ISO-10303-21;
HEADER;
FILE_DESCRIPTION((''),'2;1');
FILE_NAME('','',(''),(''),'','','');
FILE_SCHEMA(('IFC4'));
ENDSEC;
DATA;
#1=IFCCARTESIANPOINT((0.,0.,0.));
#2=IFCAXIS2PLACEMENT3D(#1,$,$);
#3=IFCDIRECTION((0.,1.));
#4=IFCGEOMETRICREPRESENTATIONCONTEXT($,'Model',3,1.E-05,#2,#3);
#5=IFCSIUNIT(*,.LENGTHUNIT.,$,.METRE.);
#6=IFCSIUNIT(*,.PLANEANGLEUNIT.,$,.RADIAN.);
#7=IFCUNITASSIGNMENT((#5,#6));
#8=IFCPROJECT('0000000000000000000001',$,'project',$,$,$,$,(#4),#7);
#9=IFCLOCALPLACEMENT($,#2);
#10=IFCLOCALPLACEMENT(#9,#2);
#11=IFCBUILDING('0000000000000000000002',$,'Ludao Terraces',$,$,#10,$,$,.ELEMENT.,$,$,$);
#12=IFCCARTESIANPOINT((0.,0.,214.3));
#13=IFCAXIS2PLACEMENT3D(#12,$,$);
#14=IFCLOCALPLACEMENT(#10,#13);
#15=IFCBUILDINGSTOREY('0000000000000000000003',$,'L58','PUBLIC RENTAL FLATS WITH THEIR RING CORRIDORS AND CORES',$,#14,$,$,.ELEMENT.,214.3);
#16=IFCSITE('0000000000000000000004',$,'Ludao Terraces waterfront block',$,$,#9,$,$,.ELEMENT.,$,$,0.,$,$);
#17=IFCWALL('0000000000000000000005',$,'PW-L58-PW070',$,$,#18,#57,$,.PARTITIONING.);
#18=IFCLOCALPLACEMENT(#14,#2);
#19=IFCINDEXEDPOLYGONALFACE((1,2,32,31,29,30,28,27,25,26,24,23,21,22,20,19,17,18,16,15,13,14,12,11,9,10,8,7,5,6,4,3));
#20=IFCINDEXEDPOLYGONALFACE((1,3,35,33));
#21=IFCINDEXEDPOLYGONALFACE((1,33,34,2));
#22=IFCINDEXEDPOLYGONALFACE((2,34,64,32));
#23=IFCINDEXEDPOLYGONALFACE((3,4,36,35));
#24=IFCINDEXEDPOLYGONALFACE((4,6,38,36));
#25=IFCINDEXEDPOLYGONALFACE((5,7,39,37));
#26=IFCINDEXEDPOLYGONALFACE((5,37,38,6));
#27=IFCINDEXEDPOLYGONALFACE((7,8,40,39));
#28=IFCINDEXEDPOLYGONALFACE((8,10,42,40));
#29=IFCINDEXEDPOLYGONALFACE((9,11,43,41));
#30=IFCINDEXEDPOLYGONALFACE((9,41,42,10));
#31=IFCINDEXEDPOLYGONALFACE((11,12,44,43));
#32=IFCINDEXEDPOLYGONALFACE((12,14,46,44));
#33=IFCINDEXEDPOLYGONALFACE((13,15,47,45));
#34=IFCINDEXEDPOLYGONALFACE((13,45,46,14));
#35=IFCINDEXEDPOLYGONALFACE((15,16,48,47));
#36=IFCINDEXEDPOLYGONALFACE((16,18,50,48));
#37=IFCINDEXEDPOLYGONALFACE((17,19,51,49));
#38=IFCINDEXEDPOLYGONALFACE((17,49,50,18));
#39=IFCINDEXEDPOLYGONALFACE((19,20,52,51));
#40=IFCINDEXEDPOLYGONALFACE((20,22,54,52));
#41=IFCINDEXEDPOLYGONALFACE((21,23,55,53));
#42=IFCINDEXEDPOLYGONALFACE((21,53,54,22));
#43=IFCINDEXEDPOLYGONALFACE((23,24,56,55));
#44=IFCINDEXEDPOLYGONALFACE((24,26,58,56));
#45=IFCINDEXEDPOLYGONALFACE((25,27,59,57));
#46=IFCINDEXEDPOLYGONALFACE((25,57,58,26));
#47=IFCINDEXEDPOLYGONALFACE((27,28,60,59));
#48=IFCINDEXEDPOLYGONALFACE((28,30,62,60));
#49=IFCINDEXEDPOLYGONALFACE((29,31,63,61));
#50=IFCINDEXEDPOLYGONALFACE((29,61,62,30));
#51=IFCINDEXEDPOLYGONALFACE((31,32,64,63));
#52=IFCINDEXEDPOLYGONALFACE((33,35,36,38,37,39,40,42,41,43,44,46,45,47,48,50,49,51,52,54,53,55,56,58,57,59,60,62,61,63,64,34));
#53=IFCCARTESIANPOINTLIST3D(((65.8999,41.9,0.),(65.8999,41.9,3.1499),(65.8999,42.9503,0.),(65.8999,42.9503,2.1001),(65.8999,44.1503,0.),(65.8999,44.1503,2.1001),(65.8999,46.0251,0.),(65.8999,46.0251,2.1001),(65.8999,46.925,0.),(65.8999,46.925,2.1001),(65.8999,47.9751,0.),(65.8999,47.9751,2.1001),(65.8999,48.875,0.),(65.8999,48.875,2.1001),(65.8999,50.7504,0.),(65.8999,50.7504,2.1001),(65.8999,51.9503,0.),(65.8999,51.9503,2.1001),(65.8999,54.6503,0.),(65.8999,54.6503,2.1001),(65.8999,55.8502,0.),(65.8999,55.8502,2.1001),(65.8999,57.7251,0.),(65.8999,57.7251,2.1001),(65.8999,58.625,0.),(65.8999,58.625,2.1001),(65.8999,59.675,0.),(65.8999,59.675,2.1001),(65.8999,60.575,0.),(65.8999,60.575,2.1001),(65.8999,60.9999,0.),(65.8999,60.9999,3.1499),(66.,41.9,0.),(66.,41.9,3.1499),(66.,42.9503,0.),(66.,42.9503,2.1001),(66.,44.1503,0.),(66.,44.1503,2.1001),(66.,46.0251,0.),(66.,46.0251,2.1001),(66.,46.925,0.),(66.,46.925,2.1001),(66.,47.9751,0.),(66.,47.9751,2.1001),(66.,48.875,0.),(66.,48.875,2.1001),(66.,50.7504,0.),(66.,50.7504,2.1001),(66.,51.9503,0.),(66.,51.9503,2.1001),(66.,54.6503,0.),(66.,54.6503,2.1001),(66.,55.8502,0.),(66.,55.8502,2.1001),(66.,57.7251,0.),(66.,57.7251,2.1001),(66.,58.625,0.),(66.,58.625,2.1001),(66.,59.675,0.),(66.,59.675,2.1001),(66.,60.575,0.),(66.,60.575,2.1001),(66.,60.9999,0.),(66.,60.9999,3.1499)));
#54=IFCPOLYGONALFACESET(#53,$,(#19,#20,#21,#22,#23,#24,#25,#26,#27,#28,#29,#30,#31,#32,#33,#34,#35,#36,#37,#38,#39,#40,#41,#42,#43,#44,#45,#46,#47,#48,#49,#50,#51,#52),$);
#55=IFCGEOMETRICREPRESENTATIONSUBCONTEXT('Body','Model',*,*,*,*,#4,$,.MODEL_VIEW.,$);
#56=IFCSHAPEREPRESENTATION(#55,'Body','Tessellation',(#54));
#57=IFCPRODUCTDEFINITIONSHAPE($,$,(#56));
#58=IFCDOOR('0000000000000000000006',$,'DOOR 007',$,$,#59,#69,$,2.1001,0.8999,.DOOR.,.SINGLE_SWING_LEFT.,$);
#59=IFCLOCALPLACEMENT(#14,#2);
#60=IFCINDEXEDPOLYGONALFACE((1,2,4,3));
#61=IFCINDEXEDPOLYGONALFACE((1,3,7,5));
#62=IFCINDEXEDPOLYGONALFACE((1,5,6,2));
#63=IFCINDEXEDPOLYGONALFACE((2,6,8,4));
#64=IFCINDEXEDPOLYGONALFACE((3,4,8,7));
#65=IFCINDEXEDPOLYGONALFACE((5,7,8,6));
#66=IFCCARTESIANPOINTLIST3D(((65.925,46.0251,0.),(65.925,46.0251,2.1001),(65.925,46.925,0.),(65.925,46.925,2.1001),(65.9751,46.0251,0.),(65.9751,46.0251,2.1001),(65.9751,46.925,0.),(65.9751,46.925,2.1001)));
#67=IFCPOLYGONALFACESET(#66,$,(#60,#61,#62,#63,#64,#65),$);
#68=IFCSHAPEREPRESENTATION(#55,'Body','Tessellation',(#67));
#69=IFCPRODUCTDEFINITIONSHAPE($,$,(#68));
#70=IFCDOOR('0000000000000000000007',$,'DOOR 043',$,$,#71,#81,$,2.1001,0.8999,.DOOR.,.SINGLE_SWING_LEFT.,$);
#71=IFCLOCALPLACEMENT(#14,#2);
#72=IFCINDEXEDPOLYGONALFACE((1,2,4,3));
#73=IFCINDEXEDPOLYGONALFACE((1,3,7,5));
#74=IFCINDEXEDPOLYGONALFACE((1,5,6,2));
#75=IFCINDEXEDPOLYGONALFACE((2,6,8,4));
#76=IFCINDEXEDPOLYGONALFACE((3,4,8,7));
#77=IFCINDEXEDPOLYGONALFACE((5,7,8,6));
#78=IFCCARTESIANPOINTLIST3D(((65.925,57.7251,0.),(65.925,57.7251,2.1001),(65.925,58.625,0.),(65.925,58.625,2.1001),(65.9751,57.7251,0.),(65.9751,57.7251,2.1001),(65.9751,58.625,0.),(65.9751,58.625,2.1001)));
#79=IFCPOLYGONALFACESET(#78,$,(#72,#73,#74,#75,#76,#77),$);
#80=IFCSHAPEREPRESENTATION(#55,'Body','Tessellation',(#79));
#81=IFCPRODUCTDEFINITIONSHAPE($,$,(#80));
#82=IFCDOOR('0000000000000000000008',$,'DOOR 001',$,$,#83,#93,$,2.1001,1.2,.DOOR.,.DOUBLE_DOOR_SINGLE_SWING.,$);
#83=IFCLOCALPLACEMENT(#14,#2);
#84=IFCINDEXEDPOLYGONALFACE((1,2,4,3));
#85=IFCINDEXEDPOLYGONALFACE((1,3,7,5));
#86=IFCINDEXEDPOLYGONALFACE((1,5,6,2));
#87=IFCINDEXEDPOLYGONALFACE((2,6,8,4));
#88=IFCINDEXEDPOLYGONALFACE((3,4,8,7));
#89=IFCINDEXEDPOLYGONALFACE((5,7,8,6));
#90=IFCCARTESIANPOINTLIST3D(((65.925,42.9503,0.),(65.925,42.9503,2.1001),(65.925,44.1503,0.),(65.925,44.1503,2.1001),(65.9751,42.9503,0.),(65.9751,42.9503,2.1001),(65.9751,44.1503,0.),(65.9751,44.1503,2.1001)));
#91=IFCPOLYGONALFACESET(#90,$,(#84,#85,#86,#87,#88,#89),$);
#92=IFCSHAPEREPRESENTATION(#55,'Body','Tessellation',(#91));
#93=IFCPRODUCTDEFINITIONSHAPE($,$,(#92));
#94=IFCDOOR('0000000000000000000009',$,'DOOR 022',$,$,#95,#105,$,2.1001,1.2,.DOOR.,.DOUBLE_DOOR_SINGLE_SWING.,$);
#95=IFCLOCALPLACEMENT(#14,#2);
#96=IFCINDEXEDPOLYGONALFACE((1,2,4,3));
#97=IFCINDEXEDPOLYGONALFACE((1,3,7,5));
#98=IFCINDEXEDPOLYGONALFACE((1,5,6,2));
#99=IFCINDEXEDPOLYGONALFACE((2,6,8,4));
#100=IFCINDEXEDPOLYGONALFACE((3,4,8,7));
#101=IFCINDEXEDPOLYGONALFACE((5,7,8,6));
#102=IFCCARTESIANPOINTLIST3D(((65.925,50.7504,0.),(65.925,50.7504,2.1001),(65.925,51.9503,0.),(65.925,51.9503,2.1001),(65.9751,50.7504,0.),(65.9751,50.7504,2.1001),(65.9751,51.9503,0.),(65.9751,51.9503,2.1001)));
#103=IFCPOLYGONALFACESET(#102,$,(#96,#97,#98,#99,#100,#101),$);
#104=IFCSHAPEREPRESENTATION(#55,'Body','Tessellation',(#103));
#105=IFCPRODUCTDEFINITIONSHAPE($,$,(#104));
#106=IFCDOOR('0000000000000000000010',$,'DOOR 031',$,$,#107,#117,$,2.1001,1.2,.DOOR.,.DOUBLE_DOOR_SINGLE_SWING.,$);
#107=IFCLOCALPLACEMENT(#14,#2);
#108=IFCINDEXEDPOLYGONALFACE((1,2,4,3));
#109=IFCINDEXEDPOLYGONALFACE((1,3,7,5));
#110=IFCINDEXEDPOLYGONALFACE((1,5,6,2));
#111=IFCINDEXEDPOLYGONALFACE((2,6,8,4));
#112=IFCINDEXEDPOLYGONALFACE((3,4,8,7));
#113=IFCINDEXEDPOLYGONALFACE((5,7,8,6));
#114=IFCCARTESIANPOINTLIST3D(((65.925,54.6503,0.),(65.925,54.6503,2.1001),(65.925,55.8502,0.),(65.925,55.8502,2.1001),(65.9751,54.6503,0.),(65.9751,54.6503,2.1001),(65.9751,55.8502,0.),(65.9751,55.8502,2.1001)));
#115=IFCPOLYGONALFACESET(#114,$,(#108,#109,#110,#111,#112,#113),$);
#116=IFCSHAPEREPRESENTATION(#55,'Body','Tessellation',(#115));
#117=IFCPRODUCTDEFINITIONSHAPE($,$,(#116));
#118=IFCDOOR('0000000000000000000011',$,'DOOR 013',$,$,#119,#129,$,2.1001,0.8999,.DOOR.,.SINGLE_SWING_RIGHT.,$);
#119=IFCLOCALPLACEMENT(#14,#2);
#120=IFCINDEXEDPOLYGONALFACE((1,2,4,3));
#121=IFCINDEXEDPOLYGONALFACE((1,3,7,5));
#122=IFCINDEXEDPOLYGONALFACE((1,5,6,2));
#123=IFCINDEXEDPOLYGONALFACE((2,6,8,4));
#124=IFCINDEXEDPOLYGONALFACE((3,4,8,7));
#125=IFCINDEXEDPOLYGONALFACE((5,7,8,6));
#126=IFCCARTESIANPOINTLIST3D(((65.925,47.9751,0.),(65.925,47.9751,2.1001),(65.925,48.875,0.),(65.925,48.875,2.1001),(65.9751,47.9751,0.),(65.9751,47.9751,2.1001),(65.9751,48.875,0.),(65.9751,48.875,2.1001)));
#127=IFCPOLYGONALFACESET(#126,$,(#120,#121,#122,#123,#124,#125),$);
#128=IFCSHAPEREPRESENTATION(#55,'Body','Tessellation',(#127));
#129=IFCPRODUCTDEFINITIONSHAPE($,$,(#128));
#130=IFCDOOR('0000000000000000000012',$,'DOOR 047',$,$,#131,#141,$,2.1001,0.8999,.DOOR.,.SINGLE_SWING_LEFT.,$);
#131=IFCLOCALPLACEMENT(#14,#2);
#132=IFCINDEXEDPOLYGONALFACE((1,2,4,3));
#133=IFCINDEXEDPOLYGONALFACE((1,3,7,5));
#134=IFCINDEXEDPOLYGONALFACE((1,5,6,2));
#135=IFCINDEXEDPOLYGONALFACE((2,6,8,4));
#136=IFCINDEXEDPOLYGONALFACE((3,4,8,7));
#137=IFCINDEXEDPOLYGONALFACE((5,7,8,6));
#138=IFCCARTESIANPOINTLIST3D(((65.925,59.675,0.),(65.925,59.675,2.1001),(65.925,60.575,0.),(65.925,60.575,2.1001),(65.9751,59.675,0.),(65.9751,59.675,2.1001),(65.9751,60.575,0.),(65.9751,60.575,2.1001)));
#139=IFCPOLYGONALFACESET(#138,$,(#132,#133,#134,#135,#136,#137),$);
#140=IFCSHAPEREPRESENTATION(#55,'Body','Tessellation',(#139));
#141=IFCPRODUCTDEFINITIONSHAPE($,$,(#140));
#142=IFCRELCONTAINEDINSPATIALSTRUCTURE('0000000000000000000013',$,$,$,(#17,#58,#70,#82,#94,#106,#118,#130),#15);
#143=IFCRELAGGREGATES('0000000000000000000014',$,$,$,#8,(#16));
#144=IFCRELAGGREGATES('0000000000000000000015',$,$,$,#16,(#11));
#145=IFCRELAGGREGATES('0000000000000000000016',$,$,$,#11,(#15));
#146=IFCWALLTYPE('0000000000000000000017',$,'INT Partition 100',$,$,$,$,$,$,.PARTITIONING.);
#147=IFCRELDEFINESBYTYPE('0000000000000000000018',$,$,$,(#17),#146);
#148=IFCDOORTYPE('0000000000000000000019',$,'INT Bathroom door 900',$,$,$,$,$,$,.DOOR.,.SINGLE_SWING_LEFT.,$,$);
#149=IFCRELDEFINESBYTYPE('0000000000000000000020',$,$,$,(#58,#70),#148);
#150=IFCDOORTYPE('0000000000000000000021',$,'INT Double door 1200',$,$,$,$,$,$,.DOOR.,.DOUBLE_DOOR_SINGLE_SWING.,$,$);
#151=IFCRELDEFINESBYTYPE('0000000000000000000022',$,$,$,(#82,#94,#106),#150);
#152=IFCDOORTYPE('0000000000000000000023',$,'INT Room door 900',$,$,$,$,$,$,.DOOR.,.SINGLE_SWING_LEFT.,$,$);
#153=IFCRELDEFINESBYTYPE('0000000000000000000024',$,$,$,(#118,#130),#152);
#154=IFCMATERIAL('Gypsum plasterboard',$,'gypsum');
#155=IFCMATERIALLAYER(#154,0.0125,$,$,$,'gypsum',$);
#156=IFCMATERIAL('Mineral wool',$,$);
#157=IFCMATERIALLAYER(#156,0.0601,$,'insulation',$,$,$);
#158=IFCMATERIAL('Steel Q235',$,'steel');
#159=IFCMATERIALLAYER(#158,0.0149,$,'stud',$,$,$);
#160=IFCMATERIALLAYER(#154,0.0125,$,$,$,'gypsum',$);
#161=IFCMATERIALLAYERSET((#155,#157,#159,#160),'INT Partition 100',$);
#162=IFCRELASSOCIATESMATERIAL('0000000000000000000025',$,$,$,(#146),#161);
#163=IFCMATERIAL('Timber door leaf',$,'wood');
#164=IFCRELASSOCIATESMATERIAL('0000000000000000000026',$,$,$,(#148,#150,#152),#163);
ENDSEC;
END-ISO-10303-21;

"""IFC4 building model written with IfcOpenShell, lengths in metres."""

from ifc_helpers import new_model, si_unit, direction, frame, frame_2d, origin, place, context, subcontext, project, spatial, rectangle, extrude, material, layer, layer_set, type_object, element, fill, save


model = new_model("IFC4")

# Units and contexts
model_context = context("Model", 3, precision=1e-05, world=origin(), true_north=direction((0.0, 1.0)))
body_context = subcontext(model_context, "Body", "Model", "MODEL_VIEW")
ifc_project = project(units=[si_unit("LENGTHUNIT", "METRE"), si_unit("PLANEANGLEUNIT", "RADIAN")], contexts=[model_context])

# Site, building, storey
site_placement = place(None, origin())
site = spatial("IfcSite", under=ifc_project, at=site_placement, Name="Ludao Terraces waterfront block", CompositionType="ELEMENT", RefElevation=0.0)
building_placement = place(site_placement, origin())
building = spatial("IfcBuilding", under=site, at=building_placement, Name="Ludao Terraces", CompositionType="ELEMENT")
storey_placement = place(building_placement, frame((0.0, 0.0, 214.3)))
storey = spatial("IfcBuildingStorey", under=building, at=storey_placement, Name="L58", Description="PUBLIC RENTAL FLATS WITH THEIR RING CORRIDORS AND CORES", CompositionType="ELEMENT", Elevation=214.3)

# Shared definitions
ifc_material_1 = material(Name="Mineral wool")

# Wall, openings, doors
ifc_material_2 = material(Name="Gypsum plasterboard", Category="gypsum")
ifc_layer_1 = layer(ifc_material_2, 0.0125, Category="gypsum")
ifc_layer_2 = layer(ifc_material_1, 0.0601, Name="insulation")
ifc_material_3 = material(Name="Steel Q235", Category="steel")
ifc_layer_3 = layer(ifc_material_3, 0.0149, Name="stud")
ifc_layer_4 = layer(ifc_material_2, 0.0125, Category="gypsum")
ifc_layer_set_1 = layer_set([ifc_layer_1, ifc_layer_2, ifc_layer_3, ifc_layer_4], Name="INT Partition 100")
wall_type_1 = type_object("IfcWallType", Name="INT Partition 100", PredefinedType="PARTITIONING", material=ifc_layer_set_1)
wall_1_placement = place(storey_placement, frame((65.95, 41.9001, 0.0), z_axis=(0.0, 0.0, 1.0), x_axis=(0.0, 1.0, 0.0)))
wall_1 = element("IfcWall", 1, at=wall_1_placement, inside=storey, type_object=wall_type_1, Name="PW-L58-PW070", PredefinedType="PARTITIONING", context=body_context, shape_type="SweptSolid", body=[
    extrude(rectangle(XDim=19.0999, YDim=0.1001, at=frame_2d((9.5498, 0.0))), origin(), (0.0, 0.0, 1.0), 3.1499),
])
opening_1_placement = place(wall_1_placement, frame((1.05, 0.0, 0.0)))
opening_1 = element("IfcOpeningElement", 2, at=opening_1_placement, cuts=wall_1, PredefinedType="OPENING", context=body_context, shape_type="SweptSolid", body=[
    extrude(rectangle(XDim=1.2, YDim=2.1001, at=frame_2d((0.6001, 1.05))), frame((0.0, 0.0601, 0.0), z_axis=(0.0, -1.0, 0.0), x_axis=(1.0, 0.0, 0.0)), (0.0, 0.0, 1.0), 0.1201),
])
opening_2_placement = place(wall_1_placement, frame((4.125, 0.0, 0.0)))
opening_2 = element("IfcOpeningElement", 3, at=opening_2_placement, cuts=wall_1, PredefinedType="OPENING", context=body_context, shape_type="SweptSolid", body=[
    extrude(rectangle(XDim=0.8999, YDim=2.1001, at=frame_2d((0.45, 1.05))), frame((0.0, 0.0601, 0.0), z_axis=(0.0, -1.0, 0.0), x_axis=(1.0, 0.0, 0.0)), (0.0, 0.0, 1.0), 0.1201),
])
opening_3_placement = place(wall_1_placement, frame((6.075, 0.0, 0.0)))
opening_3 = element("IfcOpeningElement", 4, at=opening_3_placement, cuts=wall_1, PredefinedType="OPENING", context=body_context, shape_type="SweptSolid", body=[
    extrude(rectangle(XDim=0.8999, YDim=2.1001, at=frame_2d((0.45, 1.05))), frame((0.0, 0.0601, 0.0), z_axis=(0.0, -1.0, 0.0), x_axis=(1.0, 0.0, 0.0)), (0.0, 0.0, 1.0), 0.1201),
])
opening_4_placement = place(wall_1_placement, frame((8.8501, 0.0, 0.0)))
opening_4 = element("IfcOpeningElement", 5, at=opening_4_placement, cuts=wall_1, PredefinedType="OPENING", context=body_context, shape_type="SweptSolid", body=[
    extrude(rectangle(XDim=1.2, YDim=2.1001, at=frame_2d((0.6001, 1.05))), frame((0.0, 0.0601, 0.0), z_axis=(0.0, -1.0, 0.0), x_axis=(1.0, 0.0, 0.0)), (0.0, 0.0, 1.0), 0.1201),
])
opening_5_placement = place(wall_1_placement, frame((12.75, 0.0, 0.0)))
opening_5 = element("IfcOpeningElement", 6, at=opening_5_placement, cuts=wall_1, PredefinedType="OPENING", context=body_context, shape_type="SweptSolid", body=[
    extrude(rectangle(XDim=1.2, YDim=2.1001, at=frame_2d((0.6001, 1.05))), frame((0.0, 0.0601, 0.0), z_axis=(0.0, -1.0, 0.0), x_axis=(1.0, 0.0, 0.0)), (0.0, 0.0, 1.0), 0.1201),
])
opening_6_placement = place(wall_1_placement, frame((15.825, 0.0, 0.0)))
opening_6 = element("IfcOpeningElement", 7, at=opening_6_placement, cuts=wall_1, PredefinedType="OPENING", context=body_context, shape_type="SweptSolid", body=[
    extrude(rectangle(XDim=0.8999, YDim=2.1001, at=frame_2d((0.45, 1.05))), frame((0.0, 0.0601, 0.0), z_axis=(0.0, -1.0, 0.0), x_axis=(1.0, 0.0, 0.0)), (0.0, 0.0, 1.0), 0.1201),
])
opening_7_placement = place(wall_1_placement, frame((17.7749, 0.0, 0.0)))
opening_7 = element("IfcOpeningElement", 8, at=opening_7_placement, cuts=wall_1, PredefinedType="OPENING", context=body_context, shape_type="SweptSolid", body=[
    extrude(rectangle(XDim=0.8999, YDim=2.1001, at=frame_2d((0.45, 1.05))), frame((0.0, 0.0601, 0.0), z_axis=(0.0, -1.0, 0.0), x_axis=(1.0, 0.0, 0.0)), (0.0, 0.0, 1.0), 0.1201),
])
ifc_material_4 = material(Name="Timber door leaf", Category="wood")
door_type_1 = type_object("IfcDoorType", Name="INT Bathroom door 900", OperationType="SINGLE_SWING_LEFT", PredefinedType="DOOR", material=ifc_material_4)
door_1_placement = place(opening_2_placement, origin())
door_1 = element("IfcDoor", 9, at=door_1_placement, inside=storey, type_object=door_type_1, Name="DOOR 007", OperationType="SINGLE_SWING_LEFT", OverallHeight=2.1001, OverallWidth=0.8999, PredefinedType="DOOR", context=body_context, shape_type="SweptSolid", body=[
    extrude(rectangle(XDim=0.8999, YDim=2.1001, at=frame_2d((0.45, 1.05))), frame((0.0, 0.0249, 0.0), z_axis=(0.0, -1.0, 0.0), x_axis=(1.0, 0.0, 0.0)), (0.0, 0.0, 1.0), 0.05),
])
fill(opening_2, door_1)
door_2_placement = place(opening_6_placement, origin())
door_2 = element("IfcDoor", 10, at=door_2_placement, inside=storey, type_object=door_type_1, Name="DOOR 043", OperationType="SINGLE_SWING_LEFT", OverallHeight=2.1001, OverallWidth=0.8999, PredefinedType="DOOR", context=body_context, shape_type="SweptSolid", body=[
    extrude(rectangle(XDim=0.8999, YDim=2.1001, at=frame_2d((0.45, 1.05))), frame((0.0, 0.0249, 0.0), z_axis=(0.0, -1.0, 0.0), x_axis=(1.0, 0.0, 0.0)), (0.0, 0.0, 1.0), 0.05),
])
fill(opening_6, door_2)
door_type_2 = type_object("IfcDoorType", Name="INT Double door 1200", OperationType="DOUBLE_DOOR_SINGLE_SWING", PredefinedType="DOOR", material=ifc_material_4)
door_3_placement = place(opening_1_placement, origin())
door_3 = element("IfcDoor", 11, at=door_3_placement, inside=storey, type_object=door_type_2, Name="DOOR 001", OperationType="DOUBLE_DOOR_SINGLE_SWING", OverallHeight=2.1001, OverallWidth=1.2, PredefinedType="DOOR", context=body_context, shape_type="SweptSolid", body=[
    extrude(rectangle(XDim=1.2, YDim=2.1001, at=frame_2d((0.6001, 1.05))), frame((0.0, 0.0249, 0.0), z_axis=(0.0, -1.0, 0.0), x_axis=(1.0, 0.0, 0.0)), (0.0, 0.0, 1.0), 0.05),
])
fill(opening_1, door_3)
door_4_placement = place(opening_4_placement, origin())
door_4 = element("IfcDoor", 12, at=door_4_placement, inside=storey, type_object=door_type_2, Name="DOOR 022", OperationType="DOUBLE_DOOR_SINGLE_SWING", OverallHeight=2.1001, OverallWidth=1.2, PredefinedType="DOOR", context=body_context, shape_type="SweptSolid", body=[
    extrude(rectangle(XDim=1.2, YDim=2.1001, at=frame_2d((0.6001, 1.05))), frame((0.0, 0.0249, 0.0), z_axis=(0.0, -1.0, 0.0), x_axis=(1.0, 0.0, 0.0)), (0.0, 0.0, 1.0), 0.05),
])
fill(opening_4, door_4)
door_5_placement = place(opening_5_placement, origin())
door_5 = element("IfcDoor", 13, at=door_5_placement, inside=storey, type_object=door_type_2, Name="DOOR 031", OperationType="DOUBLE_DOOR_SINGLE_SWING", OverallHeight=2.1001, OverallWidth=1.2, PredefinedType="DOOR", context=body_context, shape_type="SweptSolid", body=[
    extrude(rectangle(XDim=1.2, YDim=2.1001, at=frame_2d((0.6001, 1.05))), frame((0.0, 0.0249, 0.0), z_axis=(0.0, -1.0, 0.0), x_axis=(1.0, 0.0, 0.0)), (0.0, 0.0, 1.0), 0.05),
])
fill(opening_5, door_5)
door_type_3 = type_object("IfcDoorType", Name="INT Room door 900", OperationType="SINGLE_SWING_LEFT", PredefinedType="DOOR", material=ifc_material_4)
door_6_placement = place(opening_3_placement, origin())
door_6 = element("IfcDoor", 14, at=door_6_placement, inside=storey, type_object=door_type_3, Name="DOOR 013", OperationType="SINGLE_SWING_RIGHT", OverallHeight=2.1001, OverallWidth=0.8999, PredefinedType="DOOR", context=body_context, shape_type="SweptSolid", body=[
    extrude(rectangle(XDim=0.8999, YDim=2.1001, at=frame_2d((0.45, 1.05))), frame((0.0, 0.0249, 0.0), z_axis=(0.0, -1.0, 0.0), x_axis=(1.0, 0.0, 0.0)), (0.0, 0.0, 1.0), 0.05),
])
fill(opening_3, door_6)
door_7_placement = place(opening_7_placement, origin())
door_7 = element("IfcDoor", 15, at=door_7_placement, inside=storey, type_object=door_type_3, Name="DOOR 047", OperationType="SINGLE_SWING_LEFT", OverallHeight=2.1001, OverallWidth=0.8999, PredefinedType="DOOR", context=body_context, shape_type="SweptSolid", body=[
    extrude(rectangle(XDim=0.8999, YDim=2.1001, at=frame_2d((0.45, 1.05))), frame((0.0, 0.0249, 0.0), z_axis=(0.0, -1.0, 0.0), x_axis=(1.0, 0.0, 0.0)), (0.0, 0.0, 1.0), 0.05),
])
fill(opening_7, door_7)

save(model, "model.ifc")
